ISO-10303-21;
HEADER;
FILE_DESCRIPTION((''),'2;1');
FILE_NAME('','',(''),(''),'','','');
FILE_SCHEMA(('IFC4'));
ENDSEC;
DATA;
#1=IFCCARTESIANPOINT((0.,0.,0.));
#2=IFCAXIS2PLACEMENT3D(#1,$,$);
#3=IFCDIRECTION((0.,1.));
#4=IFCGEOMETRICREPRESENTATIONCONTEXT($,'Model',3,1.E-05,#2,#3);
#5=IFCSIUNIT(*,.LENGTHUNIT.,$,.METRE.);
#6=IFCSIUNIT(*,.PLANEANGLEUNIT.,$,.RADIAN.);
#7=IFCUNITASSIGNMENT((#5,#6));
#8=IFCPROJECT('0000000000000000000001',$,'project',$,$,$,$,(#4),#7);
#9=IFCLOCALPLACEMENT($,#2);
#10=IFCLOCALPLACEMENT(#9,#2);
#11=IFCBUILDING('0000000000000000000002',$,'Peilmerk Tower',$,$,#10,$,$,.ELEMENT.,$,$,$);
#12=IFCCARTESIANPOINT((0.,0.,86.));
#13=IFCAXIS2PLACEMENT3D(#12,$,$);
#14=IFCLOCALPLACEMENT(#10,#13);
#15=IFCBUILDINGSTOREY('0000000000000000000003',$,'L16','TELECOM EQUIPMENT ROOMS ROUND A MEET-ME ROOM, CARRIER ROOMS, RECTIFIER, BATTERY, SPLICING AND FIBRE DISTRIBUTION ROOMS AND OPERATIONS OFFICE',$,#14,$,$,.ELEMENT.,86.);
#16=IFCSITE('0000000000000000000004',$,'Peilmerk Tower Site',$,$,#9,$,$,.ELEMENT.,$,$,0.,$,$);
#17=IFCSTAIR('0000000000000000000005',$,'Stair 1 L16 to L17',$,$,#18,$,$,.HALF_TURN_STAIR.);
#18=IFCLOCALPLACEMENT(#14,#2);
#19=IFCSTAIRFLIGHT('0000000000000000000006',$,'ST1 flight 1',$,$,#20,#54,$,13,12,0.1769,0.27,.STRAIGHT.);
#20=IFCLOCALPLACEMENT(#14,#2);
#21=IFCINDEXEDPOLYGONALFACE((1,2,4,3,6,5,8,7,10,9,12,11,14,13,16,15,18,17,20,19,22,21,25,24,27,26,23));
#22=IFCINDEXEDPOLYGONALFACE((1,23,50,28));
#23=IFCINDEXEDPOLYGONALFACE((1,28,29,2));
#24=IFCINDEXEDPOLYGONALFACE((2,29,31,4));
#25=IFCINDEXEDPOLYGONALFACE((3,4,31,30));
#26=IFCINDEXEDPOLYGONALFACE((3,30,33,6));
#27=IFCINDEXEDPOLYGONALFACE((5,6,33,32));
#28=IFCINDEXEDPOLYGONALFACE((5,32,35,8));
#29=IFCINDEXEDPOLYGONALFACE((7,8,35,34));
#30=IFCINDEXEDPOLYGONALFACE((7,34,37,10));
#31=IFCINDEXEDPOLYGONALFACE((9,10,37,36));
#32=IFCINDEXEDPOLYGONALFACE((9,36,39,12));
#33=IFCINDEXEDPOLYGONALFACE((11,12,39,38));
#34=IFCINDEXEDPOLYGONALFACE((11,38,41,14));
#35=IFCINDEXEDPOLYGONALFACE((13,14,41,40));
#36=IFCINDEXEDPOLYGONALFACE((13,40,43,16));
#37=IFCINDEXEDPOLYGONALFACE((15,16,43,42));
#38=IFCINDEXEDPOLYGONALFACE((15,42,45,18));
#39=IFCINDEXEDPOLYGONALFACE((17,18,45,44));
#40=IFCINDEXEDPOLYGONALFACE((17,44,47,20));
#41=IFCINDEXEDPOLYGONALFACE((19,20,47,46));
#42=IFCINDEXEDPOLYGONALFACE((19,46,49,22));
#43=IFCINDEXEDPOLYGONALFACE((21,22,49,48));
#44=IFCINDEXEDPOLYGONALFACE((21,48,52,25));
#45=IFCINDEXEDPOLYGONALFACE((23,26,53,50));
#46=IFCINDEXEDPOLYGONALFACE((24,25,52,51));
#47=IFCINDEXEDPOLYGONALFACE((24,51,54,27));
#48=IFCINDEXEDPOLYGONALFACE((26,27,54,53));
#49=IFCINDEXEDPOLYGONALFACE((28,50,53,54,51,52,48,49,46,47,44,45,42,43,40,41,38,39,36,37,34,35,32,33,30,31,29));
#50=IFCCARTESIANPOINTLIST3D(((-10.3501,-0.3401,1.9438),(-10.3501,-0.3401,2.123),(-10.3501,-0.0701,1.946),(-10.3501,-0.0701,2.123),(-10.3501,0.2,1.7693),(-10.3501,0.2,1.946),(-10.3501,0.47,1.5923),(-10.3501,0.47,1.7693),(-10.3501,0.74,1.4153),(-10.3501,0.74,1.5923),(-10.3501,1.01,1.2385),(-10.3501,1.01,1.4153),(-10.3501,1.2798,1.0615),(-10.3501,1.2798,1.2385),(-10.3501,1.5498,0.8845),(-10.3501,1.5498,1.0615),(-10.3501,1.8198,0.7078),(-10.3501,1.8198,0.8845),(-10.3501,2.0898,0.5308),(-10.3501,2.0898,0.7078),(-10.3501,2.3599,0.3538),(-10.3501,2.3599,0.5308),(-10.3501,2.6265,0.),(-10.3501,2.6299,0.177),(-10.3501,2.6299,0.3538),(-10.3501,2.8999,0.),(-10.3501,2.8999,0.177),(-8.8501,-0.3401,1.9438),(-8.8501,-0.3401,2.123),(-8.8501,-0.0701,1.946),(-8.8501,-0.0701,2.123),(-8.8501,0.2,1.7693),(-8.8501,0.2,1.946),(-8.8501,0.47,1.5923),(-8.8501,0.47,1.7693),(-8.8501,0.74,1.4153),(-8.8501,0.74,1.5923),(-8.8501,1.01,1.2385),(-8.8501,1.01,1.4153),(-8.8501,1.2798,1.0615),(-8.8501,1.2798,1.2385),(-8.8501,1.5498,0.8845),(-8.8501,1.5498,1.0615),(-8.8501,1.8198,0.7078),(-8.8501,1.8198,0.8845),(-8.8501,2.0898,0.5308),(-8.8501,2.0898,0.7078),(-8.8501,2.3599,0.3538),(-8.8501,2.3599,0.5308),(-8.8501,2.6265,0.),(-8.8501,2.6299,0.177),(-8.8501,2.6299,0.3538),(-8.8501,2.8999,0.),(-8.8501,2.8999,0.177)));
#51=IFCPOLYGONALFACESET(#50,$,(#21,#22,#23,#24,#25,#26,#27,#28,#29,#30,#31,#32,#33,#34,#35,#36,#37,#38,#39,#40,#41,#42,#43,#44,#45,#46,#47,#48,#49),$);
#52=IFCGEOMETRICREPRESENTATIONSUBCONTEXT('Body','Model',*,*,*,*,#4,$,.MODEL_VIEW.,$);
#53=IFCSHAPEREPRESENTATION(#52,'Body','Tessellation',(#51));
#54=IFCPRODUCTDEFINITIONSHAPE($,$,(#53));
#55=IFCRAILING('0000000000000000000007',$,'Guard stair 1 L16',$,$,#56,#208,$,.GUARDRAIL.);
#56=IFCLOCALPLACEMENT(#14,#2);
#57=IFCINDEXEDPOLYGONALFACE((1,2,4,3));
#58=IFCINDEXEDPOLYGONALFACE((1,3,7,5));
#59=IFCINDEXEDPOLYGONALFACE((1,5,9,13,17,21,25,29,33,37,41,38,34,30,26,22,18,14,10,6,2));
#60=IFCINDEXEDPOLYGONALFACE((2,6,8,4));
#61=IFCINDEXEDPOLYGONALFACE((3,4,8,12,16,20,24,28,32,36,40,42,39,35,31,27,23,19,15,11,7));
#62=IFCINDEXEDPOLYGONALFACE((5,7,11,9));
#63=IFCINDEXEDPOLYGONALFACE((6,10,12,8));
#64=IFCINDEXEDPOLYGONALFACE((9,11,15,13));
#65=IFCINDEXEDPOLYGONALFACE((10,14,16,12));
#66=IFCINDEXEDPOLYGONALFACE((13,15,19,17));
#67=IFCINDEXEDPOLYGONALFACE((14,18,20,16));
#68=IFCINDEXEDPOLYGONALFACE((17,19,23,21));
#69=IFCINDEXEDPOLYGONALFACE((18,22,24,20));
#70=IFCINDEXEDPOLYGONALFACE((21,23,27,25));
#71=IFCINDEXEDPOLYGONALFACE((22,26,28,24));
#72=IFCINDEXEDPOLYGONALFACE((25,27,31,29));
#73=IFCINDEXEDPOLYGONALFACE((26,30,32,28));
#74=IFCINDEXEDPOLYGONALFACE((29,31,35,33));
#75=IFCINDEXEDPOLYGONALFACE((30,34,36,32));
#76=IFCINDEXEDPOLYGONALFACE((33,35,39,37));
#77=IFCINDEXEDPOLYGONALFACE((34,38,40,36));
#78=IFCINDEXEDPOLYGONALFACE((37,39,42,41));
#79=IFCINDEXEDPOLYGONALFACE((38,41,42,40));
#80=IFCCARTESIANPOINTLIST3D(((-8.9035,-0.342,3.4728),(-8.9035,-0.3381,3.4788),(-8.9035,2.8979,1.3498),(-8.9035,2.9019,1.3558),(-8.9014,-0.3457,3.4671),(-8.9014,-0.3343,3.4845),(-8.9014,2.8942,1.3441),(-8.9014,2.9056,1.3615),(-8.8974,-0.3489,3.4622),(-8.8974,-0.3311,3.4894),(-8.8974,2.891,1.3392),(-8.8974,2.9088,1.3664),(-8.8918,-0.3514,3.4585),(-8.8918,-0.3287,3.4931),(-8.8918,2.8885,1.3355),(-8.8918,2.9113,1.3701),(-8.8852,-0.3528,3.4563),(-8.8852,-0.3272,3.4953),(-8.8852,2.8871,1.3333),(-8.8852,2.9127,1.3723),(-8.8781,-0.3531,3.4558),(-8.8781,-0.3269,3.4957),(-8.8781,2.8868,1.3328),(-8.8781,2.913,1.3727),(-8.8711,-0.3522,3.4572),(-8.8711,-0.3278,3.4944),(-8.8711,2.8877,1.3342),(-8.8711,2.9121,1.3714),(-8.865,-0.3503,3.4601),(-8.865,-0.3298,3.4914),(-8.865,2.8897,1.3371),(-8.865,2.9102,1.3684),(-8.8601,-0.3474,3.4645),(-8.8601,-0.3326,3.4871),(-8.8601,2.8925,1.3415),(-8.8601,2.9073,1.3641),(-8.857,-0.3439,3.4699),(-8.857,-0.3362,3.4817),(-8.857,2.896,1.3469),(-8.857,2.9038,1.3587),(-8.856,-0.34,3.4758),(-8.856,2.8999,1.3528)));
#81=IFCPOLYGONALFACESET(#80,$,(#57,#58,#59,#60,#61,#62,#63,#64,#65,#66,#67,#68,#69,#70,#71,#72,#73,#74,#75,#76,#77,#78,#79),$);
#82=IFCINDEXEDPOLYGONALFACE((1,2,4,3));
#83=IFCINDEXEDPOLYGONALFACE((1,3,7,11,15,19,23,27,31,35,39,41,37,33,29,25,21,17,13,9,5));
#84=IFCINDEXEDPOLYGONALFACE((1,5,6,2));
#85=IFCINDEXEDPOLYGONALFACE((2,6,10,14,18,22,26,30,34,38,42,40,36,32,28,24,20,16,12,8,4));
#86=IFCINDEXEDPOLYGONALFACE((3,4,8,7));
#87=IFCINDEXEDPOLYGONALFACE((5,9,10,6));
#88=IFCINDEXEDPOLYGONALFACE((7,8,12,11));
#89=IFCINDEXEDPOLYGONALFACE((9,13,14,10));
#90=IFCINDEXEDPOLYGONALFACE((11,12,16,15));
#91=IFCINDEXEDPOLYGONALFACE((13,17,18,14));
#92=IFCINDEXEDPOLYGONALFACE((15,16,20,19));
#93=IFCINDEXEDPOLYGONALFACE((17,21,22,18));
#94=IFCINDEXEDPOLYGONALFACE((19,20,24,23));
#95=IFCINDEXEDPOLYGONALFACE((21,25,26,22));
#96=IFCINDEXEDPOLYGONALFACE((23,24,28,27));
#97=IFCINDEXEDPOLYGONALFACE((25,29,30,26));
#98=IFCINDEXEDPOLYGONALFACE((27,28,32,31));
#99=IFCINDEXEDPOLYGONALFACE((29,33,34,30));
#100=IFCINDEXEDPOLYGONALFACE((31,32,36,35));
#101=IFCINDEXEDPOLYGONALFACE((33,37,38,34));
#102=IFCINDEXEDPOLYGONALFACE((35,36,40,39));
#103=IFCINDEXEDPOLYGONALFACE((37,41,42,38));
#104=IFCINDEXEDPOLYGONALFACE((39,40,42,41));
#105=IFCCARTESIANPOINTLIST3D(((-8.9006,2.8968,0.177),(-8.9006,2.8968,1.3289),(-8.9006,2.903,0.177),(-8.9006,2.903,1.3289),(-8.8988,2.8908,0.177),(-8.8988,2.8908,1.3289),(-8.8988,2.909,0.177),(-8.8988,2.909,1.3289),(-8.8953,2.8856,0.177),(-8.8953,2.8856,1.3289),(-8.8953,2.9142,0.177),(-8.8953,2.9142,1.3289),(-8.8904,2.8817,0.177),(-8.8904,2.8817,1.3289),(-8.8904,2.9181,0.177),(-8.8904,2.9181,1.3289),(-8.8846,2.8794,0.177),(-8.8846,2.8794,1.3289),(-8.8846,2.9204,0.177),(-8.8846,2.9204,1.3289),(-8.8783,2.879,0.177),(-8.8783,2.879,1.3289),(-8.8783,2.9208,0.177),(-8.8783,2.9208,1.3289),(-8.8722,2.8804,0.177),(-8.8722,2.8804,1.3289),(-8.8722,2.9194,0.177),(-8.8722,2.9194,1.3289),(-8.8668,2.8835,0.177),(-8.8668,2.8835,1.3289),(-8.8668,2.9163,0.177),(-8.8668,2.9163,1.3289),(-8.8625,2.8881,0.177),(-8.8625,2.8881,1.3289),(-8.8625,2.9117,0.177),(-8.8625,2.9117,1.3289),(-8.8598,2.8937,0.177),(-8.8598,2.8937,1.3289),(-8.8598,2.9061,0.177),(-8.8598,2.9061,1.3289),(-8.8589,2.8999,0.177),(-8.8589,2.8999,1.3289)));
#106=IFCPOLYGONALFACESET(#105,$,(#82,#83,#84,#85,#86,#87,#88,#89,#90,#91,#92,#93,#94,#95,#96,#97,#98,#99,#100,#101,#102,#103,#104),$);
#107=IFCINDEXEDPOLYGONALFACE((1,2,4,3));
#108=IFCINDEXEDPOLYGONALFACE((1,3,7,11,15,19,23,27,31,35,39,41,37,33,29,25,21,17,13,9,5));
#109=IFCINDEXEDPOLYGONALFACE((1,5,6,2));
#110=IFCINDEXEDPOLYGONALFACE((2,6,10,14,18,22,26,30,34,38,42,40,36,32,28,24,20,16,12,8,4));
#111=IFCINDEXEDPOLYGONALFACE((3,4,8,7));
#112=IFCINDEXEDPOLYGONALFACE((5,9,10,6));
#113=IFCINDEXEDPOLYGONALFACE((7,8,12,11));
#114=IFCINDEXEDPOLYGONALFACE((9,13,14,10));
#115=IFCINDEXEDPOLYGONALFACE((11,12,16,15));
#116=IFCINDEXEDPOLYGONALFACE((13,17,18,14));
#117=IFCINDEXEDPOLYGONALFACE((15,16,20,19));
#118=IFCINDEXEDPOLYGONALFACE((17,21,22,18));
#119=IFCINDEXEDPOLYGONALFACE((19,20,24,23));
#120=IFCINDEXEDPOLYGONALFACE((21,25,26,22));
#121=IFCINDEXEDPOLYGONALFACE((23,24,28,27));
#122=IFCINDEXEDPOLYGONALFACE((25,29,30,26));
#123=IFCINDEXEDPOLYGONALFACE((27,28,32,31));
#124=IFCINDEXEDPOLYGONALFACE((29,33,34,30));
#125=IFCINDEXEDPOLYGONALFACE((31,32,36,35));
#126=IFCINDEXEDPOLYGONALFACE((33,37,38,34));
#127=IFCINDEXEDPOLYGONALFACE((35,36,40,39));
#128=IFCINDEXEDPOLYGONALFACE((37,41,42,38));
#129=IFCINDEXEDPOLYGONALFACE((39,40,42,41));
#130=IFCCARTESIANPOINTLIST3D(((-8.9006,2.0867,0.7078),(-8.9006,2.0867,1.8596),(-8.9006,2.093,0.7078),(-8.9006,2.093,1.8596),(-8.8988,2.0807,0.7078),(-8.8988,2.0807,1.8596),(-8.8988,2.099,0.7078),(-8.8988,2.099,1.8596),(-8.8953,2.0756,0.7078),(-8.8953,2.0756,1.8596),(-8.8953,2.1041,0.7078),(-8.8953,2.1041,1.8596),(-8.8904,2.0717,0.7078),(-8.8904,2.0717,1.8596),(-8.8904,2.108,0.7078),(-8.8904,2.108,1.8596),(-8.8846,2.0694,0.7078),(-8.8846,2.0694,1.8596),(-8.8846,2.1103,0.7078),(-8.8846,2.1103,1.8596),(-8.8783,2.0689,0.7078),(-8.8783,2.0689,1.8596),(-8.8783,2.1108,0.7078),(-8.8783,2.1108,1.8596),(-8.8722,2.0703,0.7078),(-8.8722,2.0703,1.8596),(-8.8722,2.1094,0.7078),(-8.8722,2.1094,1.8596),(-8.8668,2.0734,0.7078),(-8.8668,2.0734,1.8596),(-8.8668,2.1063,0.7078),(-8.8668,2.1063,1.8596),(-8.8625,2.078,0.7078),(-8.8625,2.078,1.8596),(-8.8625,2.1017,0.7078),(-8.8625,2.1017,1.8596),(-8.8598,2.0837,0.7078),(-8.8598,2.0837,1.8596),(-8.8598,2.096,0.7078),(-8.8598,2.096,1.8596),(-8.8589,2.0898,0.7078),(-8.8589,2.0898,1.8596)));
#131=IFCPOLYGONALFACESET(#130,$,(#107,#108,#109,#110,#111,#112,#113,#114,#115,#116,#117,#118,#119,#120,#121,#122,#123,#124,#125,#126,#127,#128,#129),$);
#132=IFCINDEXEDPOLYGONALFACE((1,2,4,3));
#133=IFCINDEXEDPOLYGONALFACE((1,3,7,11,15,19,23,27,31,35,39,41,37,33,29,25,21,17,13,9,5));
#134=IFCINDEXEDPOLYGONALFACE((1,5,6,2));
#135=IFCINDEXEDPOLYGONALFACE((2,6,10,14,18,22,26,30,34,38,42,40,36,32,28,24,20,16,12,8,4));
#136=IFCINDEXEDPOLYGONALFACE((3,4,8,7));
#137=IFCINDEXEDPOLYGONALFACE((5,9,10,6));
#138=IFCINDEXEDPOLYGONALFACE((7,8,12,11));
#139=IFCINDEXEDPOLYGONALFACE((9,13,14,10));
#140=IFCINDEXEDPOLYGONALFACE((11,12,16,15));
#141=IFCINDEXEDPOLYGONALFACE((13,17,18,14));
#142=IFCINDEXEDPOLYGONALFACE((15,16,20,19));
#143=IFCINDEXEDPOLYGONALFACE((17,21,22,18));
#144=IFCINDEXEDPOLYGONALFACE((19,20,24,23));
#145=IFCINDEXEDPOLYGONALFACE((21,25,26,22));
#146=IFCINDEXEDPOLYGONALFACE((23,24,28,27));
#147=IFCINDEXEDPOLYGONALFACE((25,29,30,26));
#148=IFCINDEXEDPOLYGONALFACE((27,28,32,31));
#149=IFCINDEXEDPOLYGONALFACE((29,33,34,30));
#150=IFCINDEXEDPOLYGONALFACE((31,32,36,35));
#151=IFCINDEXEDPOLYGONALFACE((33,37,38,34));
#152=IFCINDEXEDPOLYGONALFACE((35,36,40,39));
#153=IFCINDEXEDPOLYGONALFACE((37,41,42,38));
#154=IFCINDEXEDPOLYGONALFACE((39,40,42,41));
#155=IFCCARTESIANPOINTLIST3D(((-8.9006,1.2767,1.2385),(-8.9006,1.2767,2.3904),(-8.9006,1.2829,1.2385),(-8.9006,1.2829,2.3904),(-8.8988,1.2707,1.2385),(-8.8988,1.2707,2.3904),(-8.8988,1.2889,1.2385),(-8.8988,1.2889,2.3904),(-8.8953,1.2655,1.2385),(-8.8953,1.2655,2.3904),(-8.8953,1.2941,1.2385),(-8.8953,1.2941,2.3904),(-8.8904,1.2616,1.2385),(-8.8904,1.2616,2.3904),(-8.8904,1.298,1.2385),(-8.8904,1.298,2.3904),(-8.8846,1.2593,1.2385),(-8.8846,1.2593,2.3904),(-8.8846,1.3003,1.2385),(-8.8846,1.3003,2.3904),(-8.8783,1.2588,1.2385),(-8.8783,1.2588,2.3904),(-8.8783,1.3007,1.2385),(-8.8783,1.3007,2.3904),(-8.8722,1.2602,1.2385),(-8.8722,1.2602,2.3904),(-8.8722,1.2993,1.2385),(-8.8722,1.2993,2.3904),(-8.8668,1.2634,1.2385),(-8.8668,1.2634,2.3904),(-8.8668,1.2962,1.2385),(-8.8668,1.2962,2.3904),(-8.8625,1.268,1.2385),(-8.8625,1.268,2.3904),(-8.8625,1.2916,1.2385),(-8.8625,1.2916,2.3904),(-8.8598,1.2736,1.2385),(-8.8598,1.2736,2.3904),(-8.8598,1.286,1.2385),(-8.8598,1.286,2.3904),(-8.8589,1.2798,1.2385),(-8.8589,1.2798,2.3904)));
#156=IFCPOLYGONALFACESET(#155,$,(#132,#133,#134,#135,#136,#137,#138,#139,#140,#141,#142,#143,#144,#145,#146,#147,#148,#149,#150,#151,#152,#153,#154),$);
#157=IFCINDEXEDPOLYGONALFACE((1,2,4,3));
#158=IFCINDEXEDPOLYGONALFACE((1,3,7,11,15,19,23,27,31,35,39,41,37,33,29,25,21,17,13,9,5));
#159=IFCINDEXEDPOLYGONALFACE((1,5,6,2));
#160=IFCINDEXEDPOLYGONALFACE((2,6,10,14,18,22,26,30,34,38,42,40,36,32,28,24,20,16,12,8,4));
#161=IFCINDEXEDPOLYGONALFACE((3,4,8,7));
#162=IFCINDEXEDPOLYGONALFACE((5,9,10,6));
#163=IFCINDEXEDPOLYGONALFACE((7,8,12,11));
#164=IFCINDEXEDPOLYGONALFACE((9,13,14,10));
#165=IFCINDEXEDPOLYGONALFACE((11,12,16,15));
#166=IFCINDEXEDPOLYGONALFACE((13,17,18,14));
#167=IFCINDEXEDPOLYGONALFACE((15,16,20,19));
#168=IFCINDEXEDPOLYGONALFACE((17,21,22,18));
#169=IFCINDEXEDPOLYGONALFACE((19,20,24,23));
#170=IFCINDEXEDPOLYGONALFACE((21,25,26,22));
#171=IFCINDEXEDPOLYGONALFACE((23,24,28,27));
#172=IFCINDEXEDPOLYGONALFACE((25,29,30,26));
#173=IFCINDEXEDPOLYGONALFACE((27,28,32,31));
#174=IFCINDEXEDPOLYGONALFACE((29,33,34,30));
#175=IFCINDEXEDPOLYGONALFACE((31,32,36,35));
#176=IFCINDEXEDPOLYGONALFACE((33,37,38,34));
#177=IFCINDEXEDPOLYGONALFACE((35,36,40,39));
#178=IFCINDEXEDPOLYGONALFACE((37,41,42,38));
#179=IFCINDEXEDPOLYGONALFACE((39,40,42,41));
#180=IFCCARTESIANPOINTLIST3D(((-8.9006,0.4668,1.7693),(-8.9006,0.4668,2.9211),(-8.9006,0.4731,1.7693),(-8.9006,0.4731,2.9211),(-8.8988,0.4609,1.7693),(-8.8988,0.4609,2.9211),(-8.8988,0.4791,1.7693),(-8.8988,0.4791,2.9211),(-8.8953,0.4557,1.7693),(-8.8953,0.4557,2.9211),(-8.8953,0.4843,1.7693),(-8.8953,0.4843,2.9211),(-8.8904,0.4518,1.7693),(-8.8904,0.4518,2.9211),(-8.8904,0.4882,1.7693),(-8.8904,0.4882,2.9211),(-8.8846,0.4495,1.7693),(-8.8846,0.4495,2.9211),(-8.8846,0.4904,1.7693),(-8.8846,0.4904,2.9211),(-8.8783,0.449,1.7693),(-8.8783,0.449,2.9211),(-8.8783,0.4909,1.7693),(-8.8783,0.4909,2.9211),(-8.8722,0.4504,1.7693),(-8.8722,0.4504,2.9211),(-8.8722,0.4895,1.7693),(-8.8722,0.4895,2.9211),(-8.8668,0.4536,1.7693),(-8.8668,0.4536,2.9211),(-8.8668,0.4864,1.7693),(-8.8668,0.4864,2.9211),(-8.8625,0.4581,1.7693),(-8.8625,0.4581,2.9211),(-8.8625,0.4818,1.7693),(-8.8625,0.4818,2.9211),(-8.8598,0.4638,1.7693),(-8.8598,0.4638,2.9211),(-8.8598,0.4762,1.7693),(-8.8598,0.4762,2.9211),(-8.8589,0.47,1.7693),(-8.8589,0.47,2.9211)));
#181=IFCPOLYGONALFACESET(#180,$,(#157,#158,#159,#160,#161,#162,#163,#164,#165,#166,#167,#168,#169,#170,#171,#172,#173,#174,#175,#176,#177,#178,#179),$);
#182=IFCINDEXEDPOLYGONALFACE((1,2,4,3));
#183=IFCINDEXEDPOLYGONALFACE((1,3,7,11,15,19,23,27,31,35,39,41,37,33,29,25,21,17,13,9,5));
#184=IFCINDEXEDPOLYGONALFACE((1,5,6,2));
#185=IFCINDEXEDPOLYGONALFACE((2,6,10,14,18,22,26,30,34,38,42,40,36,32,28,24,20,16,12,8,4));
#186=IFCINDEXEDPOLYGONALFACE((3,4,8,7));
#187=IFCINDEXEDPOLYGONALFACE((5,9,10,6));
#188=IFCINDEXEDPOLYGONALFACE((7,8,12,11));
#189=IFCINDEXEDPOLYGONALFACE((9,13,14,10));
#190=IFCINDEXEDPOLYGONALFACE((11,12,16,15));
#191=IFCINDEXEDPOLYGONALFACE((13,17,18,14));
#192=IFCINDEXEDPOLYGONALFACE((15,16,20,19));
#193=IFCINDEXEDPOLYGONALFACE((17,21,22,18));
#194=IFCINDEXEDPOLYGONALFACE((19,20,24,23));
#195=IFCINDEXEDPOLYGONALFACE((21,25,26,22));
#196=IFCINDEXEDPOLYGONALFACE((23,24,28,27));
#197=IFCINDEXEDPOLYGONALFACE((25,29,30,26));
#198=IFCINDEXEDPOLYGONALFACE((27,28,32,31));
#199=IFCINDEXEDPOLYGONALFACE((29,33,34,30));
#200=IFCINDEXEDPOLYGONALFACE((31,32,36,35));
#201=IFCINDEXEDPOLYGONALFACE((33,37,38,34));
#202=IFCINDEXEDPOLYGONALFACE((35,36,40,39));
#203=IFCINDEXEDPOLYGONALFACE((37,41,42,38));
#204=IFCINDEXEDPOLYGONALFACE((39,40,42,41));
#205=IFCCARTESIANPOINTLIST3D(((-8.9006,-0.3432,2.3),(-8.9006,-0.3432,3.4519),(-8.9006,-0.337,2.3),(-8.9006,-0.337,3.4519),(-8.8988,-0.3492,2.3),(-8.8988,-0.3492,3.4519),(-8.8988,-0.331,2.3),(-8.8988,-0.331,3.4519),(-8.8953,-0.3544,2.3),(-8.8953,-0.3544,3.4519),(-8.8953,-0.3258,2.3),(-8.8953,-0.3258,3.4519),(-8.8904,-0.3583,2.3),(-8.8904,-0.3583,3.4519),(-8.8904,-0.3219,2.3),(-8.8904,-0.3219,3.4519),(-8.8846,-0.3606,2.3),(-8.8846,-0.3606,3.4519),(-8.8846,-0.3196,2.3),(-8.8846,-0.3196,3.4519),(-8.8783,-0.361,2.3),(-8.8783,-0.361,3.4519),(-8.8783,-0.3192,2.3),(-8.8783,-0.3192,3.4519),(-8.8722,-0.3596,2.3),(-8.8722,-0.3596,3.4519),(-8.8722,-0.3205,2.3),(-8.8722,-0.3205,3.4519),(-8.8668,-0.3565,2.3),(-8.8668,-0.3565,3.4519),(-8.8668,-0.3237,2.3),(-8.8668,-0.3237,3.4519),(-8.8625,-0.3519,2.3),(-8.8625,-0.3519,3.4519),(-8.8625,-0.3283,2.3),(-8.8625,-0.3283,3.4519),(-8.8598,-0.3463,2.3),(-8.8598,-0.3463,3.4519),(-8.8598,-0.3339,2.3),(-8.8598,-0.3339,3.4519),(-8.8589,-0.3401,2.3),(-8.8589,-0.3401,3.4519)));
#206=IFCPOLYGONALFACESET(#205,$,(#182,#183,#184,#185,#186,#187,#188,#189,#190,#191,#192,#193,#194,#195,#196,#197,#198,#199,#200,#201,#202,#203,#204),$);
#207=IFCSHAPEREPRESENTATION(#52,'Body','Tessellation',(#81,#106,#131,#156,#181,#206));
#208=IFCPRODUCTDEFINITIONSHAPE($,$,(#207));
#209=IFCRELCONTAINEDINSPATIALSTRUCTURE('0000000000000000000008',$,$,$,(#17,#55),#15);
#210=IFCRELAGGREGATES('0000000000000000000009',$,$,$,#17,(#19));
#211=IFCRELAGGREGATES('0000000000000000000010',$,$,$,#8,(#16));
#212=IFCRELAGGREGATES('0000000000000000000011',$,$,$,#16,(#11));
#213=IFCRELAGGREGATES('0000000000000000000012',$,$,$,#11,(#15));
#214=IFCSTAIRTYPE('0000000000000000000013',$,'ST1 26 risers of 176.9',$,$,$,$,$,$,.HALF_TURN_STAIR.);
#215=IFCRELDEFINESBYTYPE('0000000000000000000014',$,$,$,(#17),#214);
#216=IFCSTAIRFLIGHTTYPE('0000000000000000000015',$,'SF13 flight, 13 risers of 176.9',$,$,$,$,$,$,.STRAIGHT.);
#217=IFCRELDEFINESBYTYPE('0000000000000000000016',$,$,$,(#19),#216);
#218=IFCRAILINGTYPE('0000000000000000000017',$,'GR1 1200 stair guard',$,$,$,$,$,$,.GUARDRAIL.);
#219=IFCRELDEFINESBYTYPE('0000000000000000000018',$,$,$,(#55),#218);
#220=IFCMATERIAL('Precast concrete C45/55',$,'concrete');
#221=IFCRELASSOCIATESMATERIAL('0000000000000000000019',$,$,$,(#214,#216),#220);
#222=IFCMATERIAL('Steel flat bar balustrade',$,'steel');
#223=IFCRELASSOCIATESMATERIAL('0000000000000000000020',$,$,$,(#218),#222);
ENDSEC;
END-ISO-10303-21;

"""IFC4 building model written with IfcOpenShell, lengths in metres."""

from ifc_helpers import new_model, si_unit, direction, frame, origin, origin_2d, place, context, subcontext, project, spatial, polyline, circle, outline, extrude, material, type_object, element, aggregate, save


model = new_model("IFC4")

# Units and contexts
model_context = context("Model", 3, precision=1e-05, world=origin(), true_north=direction((0.0, 1.0)))
body_context = subcontext(model_context, "Body", "Model", "MODEL_VIEW")
ifc_project = project(units=[si_unit("LENGTHUNIT", "METRE"), si_unit("PLANEANGLEUNIT", "RADIAN")], contexts=[model_context])

# Site, building, storey
site_placement = place(None, origin())
site = spatial("IfcSite", under=ifc_project, at=site_placement, Name="Peilmerk Tower Site", CompositionType="ELEMENT", RefElevation=0.0)
building_placement = place(site_placement, origin())
building = spatial("IfcBuilding", under=site, at=building_placement, Name="Peilmerk Tower", CompositionType="ELEMENT")
storey_placement = place(building_placement, frame((0.0, 0.0, 86.0)))
storey = spatial("IfcBuildingStorey", under=building, at=storey_placement, Name="L16", Description="TELECOM EQUIPMENT ROOMS ROUND A MEET-ME ROOM, CARRIER ROOMS, RECTIFIER, BATTERY, SPLICING AND FIBRE DISTRIBUTION ROOMS AND OPERATIONS OFFICE", CompositionType="ELEMENT", Elevation=86.0)

# Stair, stair flight
ifc_material_1 = material(Name="Precast concrete C45/55", Category="concrete")
stair_type = type_object("IfcStairType", Name="ST1 26 risers of 176.9", PredefinedType="HALF_TURN_STAIR", material=ifc_material_1)
stair_placement = place(storey_placement, origin())
stair = element("IfcStair", 1, at=stair_placement, inside=storey, type_object=stair_type, Name="Stair 1 L16 to L17", PredefinedType="HALF_TURN_STAIR")
stair_flight_type = type_object("IfcStairFlightType", Name="SF13 flight, 13 risers of 176.9", PredefinedType="STRAIGHT", material=ifc_material_1)
stair_flight_placement = place(storey_placement, frame((-9.6001, 2.8999, 0.0), z_axis=(0.0, 0.0, 1.0), x_axis=(0.0, -1.0, 0.0)))
stair_flight = element("IfcStairFlight", 2, at=stair_flight_placement, type_object=stair_flight_type, Name="ST1 flight 1", NumberOfRisers=13, NumberOfTreads=12, PredefinedType="STRAIGHT", RiserHeight=0.1769, TreadLength=0.27, context=body_context, shape_type="SweptSolid", body=[
    extrude(outline(polyline([(0.0, 0.0), (0.0, 0.177), (0.27, 0.177), (0.27, 0.3538), (0.54, 0.3538), (0.54, 0.5308), (0.8101, 0.5308), (0.8101, 0.7078), (1.0801, 0.7078), (1.0801, 0.8845), (1.3501, 0.8845), (1.3501, 1.0615), (1.6201, 1.0615), (1.6201, 1.2385), (1.8899, 1.2385), (1.8899, 1.4153), (2.1599, 1.4153), (2.1599, 1.5923), (2.4299, 1.5923), (2.4299, 1.7693), (2.7, 1.7693), (2.7, 1.946), (2.97, 1.946), (2.97, 2.123), (3.24, 2.123), (3.24, 2.3), (3.24, 1.9438), (0.2734, 0.0), (0.0, 0.0)])), frame((0.0, 0.75, 0.0), z_axis=(0.0, -1.0, 0.0), x_axis=(1.0, 0.0, 0.0)), (0.0, 0.0, 1.0), 1.5),
])
aggregate(stair, [stair_flight])

# Railing
ifc_material_2 = material(Name="Steel flat bar balustrade", Category="steel")
railing_type_1 = type_object("IfcRailingType", Name="GR1 1200 stair guard", PredefinedType="GUARDRAIL", material=ifc_material_2)
railing_1_placement = place(storey_placement, frame((-8.8799, 2.8999, 0.177)))
element("IfcRailing", 3, at=railing_1_placement, inside=storey, type_object=railing_type_1, Name="Guard stair 1 L16", PredefinedType="GUARDRAIL", context=body_context, shape_type="SweptSolid", body=[
    extrude(circle(Radius=0.0239, at=origin_2d()), frame((0.0, 0.0, 1.1758), z_axis=(0.0, -0.836426, 0.548079), x_axis=(1.0, 0.0, 0.0)), (0.0, 0.0, 1.0), 3.8735),
    extrude(circle(Radius=0.021, at=origin_2d()), origin(), (0.0, 0.0, 1.0), 1.1519),
    extrude(circle(Radius=0.021, at=origin_2d()), frame((0.0, -0.8101, 0.5308)), (0.0, 0.0, 1.0), 1.1519),
    extrude(circle(Radius=0.021, at=origin_2d()), frame((0.0, -1.6201, 1.0615)), (0.0, 0.0, 1.0), 1.1519),
    extrude(circle(Radius=0.021, at=origin_2d()), frame((0.0, -2.4299, 1.5923)), (0.0, 0.0, 1.0), 1.1519),
    extrude(circle(Radius=0.021, at=origin_2d()), frame((0.0, -3.24, 2.123)), (0.0, 0.0, 1.0), 1.1519),
])

save(model, "model.ifc")
